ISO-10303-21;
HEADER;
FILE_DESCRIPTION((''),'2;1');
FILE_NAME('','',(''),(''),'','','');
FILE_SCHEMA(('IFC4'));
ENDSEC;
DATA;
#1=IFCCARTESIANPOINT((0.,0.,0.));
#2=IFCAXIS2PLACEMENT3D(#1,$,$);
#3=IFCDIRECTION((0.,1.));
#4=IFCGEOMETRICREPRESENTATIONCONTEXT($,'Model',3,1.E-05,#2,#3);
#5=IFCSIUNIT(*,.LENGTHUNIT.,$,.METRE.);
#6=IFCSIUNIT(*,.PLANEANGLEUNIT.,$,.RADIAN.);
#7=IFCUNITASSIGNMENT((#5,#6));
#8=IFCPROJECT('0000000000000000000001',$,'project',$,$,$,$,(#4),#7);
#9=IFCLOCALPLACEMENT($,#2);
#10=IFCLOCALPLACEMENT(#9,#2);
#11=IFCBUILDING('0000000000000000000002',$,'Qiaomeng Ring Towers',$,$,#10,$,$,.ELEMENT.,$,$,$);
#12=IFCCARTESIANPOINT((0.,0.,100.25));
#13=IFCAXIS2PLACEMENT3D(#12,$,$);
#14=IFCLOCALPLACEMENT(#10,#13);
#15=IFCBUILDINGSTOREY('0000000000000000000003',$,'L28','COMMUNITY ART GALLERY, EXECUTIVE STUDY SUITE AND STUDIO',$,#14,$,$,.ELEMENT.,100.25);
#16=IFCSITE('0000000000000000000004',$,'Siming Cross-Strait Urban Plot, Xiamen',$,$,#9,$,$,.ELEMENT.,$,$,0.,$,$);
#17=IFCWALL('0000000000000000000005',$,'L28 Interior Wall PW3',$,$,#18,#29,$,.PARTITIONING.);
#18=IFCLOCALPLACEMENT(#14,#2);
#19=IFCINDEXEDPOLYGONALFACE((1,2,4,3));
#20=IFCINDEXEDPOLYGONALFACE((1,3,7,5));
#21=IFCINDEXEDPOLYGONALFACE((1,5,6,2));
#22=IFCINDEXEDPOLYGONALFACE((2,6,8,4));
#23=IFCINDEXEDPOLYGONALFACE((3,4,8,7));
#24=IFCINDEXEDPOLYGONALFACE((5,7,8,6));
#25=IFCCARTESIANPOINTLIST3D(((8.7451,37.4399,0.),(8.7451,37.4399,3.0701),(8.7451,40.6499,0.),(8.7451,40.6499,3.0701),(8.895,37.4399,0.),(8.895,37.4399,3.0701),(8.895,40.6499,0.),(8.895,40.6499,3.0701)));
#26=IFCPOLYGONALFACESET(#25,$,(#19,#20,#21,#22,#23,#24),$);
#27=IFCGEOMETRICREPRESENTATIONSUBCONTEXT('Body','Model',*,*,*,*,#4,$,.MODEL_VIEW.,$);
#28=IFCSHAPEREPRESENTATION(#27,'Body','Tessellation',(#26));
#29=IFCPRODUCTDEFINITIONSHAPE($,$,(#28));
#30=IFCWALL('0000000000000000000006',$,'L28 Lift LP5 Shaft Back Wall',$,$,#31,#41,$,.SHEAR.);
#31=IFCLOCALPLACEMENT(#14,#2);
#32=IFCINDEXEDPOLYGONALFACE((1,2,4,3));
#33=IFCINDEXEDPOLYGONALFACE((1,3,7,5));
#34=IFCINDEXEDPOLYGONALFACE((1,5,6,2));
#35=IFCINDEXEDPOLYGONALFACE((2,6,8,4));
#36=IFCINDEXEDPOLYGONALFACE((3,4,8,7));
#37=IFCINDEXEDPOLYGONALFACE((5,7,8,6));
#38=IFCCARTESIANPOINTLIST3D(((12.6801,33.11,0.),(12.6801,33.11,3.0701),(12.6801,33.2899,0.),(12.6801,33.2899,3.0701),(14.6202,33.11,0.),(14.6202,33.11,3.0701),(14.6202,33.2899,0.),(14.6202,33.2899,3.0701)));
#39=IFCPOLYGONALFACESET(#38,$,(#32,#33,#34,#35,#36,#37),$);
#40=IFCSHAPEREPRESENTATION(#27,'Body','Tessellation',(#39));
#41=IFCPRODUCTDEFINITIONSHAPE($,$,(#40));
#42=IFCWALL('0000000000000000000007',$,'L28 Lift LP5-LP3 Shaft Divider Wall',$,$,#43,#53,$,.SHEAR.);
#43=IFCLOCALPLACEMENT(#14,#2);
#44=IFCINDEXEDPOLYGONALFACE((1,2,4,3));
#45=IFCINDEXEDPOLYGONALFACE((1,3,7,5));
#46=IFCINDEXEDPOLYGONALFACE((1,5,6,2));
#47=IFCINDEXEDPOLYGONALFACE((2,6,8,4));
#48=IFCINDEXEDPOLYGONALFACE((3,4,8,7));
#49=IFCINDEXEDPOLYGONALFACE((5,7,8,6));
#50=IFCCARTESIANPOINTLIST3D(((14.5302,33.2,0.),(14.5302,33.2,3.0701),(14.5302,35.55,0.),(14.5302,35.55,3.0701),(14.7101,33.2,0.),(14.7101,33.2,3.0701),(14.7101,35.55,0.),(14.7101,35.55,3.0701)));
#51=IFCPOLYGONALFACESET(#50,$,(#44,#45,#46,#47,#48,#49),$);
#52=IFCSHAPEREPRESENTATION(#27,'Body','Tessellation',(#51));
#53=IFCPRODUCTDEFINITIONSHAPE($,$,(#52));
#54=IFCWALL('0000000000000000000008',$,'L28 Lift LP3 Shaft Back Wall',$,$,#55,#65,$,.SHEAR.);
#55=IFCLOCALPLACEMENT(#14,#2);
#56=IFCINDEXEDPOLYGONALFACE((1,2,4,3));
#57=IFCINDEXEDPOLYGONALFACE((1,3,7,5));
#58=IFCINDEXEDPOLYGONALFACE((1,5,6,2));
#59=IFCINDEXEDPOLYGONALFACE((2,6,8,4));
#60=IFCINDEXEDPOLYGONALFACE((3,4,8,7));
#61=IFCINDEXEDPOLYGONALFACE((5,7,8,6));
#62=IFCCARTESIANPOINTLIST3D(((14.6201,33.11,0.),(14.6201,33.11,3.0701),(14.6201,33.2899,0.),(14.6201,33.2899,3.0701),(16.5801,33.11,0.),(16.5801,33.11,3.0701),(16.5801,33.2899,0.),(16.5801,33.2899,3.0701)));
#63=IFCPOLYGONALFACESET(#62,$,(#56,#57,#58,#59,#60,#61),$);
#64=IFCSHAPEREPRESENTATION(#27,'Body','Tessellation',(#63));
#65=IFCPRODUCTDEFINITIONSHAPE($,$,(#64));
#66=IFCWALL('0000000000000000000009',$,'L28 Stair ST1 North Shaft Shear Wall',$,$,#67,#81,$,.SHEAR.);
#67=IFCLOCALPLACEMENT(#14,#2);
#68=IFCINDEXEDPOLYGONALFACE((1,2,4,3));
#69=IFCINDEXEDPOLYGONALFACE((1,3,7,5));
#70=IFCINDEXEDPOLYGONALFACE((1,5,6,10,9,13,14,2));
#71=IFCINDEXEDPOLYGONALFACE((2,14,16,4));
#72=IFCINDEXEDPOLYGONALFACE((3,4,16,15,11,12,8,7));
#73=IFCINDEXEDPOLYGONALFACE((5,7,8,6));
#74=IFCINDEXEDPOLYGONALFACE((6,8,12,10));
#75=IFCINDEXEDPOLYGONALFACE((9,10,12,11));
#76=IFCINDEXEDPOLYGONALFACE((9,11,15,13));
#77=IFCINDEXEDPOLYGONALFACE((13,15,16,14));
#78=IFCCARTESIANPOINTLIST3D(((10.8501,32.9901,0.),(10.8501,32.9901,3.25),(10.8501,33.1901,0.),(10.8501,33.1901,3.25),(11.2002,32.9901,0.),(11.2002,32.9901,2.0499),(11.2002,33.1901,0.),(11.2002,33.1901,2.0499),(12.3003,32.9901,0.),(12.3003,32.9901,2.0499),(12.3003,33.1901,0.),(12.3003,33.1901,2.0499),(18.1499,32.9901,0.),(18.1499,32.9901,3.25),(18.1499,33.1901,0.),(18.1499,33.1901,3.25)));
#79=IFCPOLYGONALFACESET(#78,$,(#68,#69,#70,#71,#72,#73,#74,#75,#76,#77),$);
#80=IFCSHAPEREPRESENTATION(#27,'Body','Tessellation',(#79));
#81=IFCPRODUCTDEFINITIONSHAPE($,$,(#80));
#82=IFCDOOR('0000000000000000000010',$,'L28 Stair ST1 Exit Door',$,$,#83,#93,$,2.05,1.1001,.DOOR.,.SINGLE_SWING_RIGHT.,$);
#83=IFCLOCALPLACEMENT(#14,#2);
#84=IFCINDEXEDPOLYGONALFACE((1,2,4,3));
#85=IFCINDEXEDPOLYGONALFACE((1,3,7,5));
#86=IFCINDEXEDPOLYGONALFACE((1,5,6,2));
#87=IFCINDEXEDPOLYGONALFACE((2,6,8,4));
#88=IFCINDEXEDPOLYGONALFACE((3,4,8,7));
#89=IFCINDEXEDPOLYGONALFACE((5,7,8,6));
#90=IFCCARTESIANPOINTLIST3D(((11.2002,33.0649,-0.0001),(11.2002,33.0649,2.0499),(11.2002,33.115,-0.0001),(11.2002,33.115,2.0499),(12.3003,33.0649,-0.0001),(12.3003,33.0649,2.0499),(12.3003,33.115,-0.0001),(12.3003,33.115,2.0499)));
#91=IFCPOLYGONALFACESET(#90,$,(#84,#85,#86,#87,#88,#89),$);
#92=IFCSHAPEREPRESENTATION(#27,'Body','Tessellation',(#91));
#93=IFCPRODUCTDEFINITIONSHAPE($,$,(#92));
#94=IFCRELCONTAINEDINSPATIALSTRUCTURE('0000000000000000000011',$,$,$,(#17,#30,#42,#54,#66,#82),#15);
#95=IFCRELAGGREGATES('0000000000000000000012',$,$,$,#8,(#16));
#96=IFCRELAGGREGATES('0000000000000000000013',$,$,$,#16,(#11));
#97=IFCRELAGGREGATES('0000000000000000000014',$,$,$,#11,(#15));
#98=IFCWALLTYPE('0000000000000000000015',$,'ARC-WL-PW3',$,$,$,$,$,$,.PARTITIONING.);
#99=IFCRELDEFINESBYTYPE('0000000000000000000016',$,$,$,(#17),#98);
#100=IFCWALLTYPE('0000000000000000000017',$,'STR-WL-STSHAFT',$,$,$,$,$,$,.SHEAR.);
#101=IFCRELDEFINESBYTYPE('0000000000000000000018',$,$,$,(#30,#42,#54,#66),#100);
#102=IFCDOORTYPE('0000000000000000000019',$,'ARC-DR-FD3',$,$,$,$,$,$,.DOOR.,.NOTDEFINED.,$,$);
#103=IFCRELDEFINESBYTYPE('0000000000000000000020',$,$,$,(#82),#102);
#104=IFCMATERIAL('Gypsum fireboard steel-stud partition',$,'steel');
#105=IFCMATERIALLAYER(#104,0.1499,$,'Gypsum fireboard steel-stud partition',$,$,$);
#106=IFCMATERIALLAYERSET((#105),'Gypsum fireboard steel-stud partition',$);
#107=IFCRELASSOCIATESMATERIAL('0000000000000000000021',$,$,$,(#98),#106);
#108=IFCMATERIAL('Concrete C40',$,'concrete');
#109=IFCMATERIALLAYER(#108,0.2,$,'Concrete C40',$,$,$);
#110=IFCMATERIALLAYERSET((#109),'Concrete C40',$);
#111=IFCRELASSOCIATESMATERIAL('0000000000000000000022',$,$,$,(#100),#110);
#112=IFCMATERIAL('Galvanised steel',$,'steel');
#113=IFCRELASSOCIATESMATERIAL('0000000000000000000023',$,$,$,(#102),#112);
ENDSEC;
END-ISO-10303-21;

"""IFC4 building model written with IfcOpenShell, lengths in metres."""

from ifc_helpers import new_model, si_unit, direction, frame, frame_2d, origin, place, context, subcontext, project, spatial, rectangle, extrude, source, transform, mapped, material, layer, layer_set, type_object, element, fill, save


model = new_model("IFC4")

# Units and contexts
model_context = context("Model", 3, precision=1e-05, world=origin(), true_north=direction((0.0, 1.0)))
body_context = subcontext(model_context, "Body", "Model", "MODEL_VIEW")
ifc_project = project(units=[si_unit("LENGTHUNIT", "METRE"), si_unit("PLANEANGLEUNIT", "RADIAN")], contexts=[model_context])

# Site, building, storey
site_placement = place(None, origin())
site = spatial("IfcSite", under=ifc_project, at=site_placement, Name="Siming Cross-Strait Urban Plot, Xiamen", CompositionType="ELEMENT", RefElevation=0.0)
building_placement = place(site_placement, origin())
building = spatial("IfcBuilding", under=site, at=building_placement, Name="Qiaomeng Ring Towers", CompositionType="ELEMENT")
storey_placement = place(building_placement, frame((0.0, 0.0, 100.25)))
storey = spatial("IfcBuildingStorey", under=building, at=storey_placement, Name="L28", Description="COMMUNITY ART GALLERY, EXECUTIVE STUDY SUITE AND STUDIO", CompositionType="ELEMENT", Elevation=100.25)

# Walls
ifc_material_1 = material(Name="Gypsum fireboard steel-stud partition", Category="steel")
ifc_layer_1 = layer(ifc_material_1, 0.1499, Name="Gypsum fireboard steel-stud partition")
ifc_layer_set_1 = layer_set([ifc_layer_1], Name="Gypsum fireboard steel-stud partition")
wall_type_1 = type_object("IfcWallType", Name="ARC-WL-PW3", PredefinedType="PARTITIONING", material=ifc_layer_set_1)
wall_1_placement = place(storey_placement, frame((8.8201, 37.4399, 0.0), z_axis=(0.0, 0.0, 1.0), x_axis=(0.0, 1.0, 0.0)))
element("IfcWall", 1, at=wall_1_placement, inside=storey, type_object=wall_type_1, Name="L28 Interior Wall PW3", PredefinedType="PARTITIONING", context=body_context, shape_type="SweptSolid", body=[
    extrude(rectangle(XDim=3.21, YDim=0.1499, at=frame_2d((1.605, 0.0))), origin(), (0.0, 0.0, 1.0), 3.0701),
])
ifc_material_2 = material(Name="Concrete C40", Category="concrete")
ifc_layer_2 = layer(ifc_material_2, 0.2, Name="Concrete C40")
ifc_layer_set_2 = layer_set([ifc_layer_2], Name="Concrete C40")
wall_type_2 = type_object("IfcWallType", Name="STR-WL-STSHAFT", PredefinedType="SHEAR", material=ifc_layer_set_2)
wall_2_placement = place(storey_placement, frame((12.6799, 33.2, 0.0), z_axis=(0.0, 0.0, 1.0), x_axis=(1.0, 0.0, 0.0)))
element("IfcWall", 2, at=wall_2_placement, inside=storey, type_object=wall_type_2, Name="L28 Lift LP5 Shaft Back Wall", PredefinedType="SHEAR", context=body_context, shape_type="SweptSolid", body=[
    extrude(rectangle(XDim=1.9402, YDim=0.1799, at=frame_2d((0.9702, 0.0))), origin(), (0.0, 0.0, 1.0), 3.0701),
])
wall_3_placement = place(storey_placement, frame((14.6201, 33.2, 0.0), z_axis=(0.0, 0.0, 1.0), x_axis=(0.0, 1.0, 0.0)))
element("IfcWall", 3, at=wall_3_placement, inside=storey, type_object=wall_type_2, Name="L28 Lift LP5-LP3 Shaft Divider Wall", PredefinedType="SHEAR", context=body_context, shape_type="SweptSolid", body=[
    extrude(rectangle(XDim=2.3501, YDim=0.1799, at=frame_2d((1.175, 0.0))), origin(), (0.0, 0.0, 1.0), 3.0701),
])
wall_4_placement = place(storey_placement, frame((14.6201, 33.2, 0.0), z_axis=(0.0, 0.0, 1.0), x_axis=(1.0, 0.0, 0.0)))
element("IfcWall", 4, at=wall_4_placement, inside=storey, type_object=wall_type_2, Name="L28 Lift LP3 Shaft Back Wall", PredefinedType="SHEAR", context=body_context, shape_type="SweptSolid", body=[
    extrude(rectangle(XDim=1.96, YDim=0.1799, at=frame_2d((0.98, 0.0))), origin(), (0.0, 0.0, 1.0), 3.0701),
])

# Wall, opening, door
wall_5_placement = place(storey_placement, frame((10.8501, 33.0901, 0.0), z_axis=(0.0, 0.0, 1.0), x_axis=(1.0, 0.0, 0.0)))
wall_5 = element("IfcWall", 5, at=wall_5_placement, inside=storey, type_object=wall_type_2, Name="L28 Stair ST1 North Shaft Shear Wall", PredefinedType="SHEAR", context=body_context, shape_type="SweptSolid", body=[
    extrude(rectangle(XDim=7.2998, YDim=0.2, at=frame_2d((3.6499, 0.0))), origin(), (0.0, 0.0, 1.0), 3.25),
])
opening_1_placement = place(wall_5_placement, frame((0.3501, 0.0, 0.0)))
opening_1 = element("IfcOpeningElement", 6, at=opening_1_placement, cuts=wall_5, PredefinedType="OPENING", context=body_context, shape_type="SweptSolid", body=[
    extrude(rectangle(XDim=1.1001, YDim=2.05, at=frame_2d((0.55, 1.0249))), frame((0.0, 0.1099, 0.0), z_axis=(0.0, -1.0, 0.0), x_axis=(1.0, 0.0, 0.0)), (0.0, 0.0, 1.0), 0.22),
])
ifc_material_3 = material(Name="Galvanised steel", Category="steel")
door_type_1 = type_object("IfcDoorType", Name="ARC-DR-FD3", OperationType="NOTDEFINED", PredefinedType="DOOR", material=ifc_material_3)
shared_shape_1 = source(origin(), body_context, "Body", "SweptSolid", [
    extrude(rectangle(XDim=1.1001, YDim=2.05, at=frame_2d((0.55, 1.0249))), frame((0.0, 0.0249, 0.0), z_axis=(0.0, -1.0, 0.0), x_axis=(1.0, 0.0, 0.0)), (0.0, 0.0, 1.0), 0.05),
])
door_1_placement = place(opening_1_placement, origin())
door_1 = element("IfcDoor", 7, at=door_1_placement, inside=storey, type_object=door_type_1, Name="L28 Stair ST1 Exit Door", OperationType="SINGLE_SWING_RIGHT", OverallHeight=2.05, OverallWidth=1.1001, PredefinedType="DOOR", context=body_context, shape_type="MappedRepresentation", body=[
    mapped(shared_shape_1, transform((0.0, 0.0, 0.0), x_axis=(1.0, 0.0, 0.0), y_axis=(0.0, 1.0, 0.0), z_axis=(0.0, 0.0, 1.0), scale=1.0)),
])
fill(opening_1, door_1)

save(model, "model.ifc")
